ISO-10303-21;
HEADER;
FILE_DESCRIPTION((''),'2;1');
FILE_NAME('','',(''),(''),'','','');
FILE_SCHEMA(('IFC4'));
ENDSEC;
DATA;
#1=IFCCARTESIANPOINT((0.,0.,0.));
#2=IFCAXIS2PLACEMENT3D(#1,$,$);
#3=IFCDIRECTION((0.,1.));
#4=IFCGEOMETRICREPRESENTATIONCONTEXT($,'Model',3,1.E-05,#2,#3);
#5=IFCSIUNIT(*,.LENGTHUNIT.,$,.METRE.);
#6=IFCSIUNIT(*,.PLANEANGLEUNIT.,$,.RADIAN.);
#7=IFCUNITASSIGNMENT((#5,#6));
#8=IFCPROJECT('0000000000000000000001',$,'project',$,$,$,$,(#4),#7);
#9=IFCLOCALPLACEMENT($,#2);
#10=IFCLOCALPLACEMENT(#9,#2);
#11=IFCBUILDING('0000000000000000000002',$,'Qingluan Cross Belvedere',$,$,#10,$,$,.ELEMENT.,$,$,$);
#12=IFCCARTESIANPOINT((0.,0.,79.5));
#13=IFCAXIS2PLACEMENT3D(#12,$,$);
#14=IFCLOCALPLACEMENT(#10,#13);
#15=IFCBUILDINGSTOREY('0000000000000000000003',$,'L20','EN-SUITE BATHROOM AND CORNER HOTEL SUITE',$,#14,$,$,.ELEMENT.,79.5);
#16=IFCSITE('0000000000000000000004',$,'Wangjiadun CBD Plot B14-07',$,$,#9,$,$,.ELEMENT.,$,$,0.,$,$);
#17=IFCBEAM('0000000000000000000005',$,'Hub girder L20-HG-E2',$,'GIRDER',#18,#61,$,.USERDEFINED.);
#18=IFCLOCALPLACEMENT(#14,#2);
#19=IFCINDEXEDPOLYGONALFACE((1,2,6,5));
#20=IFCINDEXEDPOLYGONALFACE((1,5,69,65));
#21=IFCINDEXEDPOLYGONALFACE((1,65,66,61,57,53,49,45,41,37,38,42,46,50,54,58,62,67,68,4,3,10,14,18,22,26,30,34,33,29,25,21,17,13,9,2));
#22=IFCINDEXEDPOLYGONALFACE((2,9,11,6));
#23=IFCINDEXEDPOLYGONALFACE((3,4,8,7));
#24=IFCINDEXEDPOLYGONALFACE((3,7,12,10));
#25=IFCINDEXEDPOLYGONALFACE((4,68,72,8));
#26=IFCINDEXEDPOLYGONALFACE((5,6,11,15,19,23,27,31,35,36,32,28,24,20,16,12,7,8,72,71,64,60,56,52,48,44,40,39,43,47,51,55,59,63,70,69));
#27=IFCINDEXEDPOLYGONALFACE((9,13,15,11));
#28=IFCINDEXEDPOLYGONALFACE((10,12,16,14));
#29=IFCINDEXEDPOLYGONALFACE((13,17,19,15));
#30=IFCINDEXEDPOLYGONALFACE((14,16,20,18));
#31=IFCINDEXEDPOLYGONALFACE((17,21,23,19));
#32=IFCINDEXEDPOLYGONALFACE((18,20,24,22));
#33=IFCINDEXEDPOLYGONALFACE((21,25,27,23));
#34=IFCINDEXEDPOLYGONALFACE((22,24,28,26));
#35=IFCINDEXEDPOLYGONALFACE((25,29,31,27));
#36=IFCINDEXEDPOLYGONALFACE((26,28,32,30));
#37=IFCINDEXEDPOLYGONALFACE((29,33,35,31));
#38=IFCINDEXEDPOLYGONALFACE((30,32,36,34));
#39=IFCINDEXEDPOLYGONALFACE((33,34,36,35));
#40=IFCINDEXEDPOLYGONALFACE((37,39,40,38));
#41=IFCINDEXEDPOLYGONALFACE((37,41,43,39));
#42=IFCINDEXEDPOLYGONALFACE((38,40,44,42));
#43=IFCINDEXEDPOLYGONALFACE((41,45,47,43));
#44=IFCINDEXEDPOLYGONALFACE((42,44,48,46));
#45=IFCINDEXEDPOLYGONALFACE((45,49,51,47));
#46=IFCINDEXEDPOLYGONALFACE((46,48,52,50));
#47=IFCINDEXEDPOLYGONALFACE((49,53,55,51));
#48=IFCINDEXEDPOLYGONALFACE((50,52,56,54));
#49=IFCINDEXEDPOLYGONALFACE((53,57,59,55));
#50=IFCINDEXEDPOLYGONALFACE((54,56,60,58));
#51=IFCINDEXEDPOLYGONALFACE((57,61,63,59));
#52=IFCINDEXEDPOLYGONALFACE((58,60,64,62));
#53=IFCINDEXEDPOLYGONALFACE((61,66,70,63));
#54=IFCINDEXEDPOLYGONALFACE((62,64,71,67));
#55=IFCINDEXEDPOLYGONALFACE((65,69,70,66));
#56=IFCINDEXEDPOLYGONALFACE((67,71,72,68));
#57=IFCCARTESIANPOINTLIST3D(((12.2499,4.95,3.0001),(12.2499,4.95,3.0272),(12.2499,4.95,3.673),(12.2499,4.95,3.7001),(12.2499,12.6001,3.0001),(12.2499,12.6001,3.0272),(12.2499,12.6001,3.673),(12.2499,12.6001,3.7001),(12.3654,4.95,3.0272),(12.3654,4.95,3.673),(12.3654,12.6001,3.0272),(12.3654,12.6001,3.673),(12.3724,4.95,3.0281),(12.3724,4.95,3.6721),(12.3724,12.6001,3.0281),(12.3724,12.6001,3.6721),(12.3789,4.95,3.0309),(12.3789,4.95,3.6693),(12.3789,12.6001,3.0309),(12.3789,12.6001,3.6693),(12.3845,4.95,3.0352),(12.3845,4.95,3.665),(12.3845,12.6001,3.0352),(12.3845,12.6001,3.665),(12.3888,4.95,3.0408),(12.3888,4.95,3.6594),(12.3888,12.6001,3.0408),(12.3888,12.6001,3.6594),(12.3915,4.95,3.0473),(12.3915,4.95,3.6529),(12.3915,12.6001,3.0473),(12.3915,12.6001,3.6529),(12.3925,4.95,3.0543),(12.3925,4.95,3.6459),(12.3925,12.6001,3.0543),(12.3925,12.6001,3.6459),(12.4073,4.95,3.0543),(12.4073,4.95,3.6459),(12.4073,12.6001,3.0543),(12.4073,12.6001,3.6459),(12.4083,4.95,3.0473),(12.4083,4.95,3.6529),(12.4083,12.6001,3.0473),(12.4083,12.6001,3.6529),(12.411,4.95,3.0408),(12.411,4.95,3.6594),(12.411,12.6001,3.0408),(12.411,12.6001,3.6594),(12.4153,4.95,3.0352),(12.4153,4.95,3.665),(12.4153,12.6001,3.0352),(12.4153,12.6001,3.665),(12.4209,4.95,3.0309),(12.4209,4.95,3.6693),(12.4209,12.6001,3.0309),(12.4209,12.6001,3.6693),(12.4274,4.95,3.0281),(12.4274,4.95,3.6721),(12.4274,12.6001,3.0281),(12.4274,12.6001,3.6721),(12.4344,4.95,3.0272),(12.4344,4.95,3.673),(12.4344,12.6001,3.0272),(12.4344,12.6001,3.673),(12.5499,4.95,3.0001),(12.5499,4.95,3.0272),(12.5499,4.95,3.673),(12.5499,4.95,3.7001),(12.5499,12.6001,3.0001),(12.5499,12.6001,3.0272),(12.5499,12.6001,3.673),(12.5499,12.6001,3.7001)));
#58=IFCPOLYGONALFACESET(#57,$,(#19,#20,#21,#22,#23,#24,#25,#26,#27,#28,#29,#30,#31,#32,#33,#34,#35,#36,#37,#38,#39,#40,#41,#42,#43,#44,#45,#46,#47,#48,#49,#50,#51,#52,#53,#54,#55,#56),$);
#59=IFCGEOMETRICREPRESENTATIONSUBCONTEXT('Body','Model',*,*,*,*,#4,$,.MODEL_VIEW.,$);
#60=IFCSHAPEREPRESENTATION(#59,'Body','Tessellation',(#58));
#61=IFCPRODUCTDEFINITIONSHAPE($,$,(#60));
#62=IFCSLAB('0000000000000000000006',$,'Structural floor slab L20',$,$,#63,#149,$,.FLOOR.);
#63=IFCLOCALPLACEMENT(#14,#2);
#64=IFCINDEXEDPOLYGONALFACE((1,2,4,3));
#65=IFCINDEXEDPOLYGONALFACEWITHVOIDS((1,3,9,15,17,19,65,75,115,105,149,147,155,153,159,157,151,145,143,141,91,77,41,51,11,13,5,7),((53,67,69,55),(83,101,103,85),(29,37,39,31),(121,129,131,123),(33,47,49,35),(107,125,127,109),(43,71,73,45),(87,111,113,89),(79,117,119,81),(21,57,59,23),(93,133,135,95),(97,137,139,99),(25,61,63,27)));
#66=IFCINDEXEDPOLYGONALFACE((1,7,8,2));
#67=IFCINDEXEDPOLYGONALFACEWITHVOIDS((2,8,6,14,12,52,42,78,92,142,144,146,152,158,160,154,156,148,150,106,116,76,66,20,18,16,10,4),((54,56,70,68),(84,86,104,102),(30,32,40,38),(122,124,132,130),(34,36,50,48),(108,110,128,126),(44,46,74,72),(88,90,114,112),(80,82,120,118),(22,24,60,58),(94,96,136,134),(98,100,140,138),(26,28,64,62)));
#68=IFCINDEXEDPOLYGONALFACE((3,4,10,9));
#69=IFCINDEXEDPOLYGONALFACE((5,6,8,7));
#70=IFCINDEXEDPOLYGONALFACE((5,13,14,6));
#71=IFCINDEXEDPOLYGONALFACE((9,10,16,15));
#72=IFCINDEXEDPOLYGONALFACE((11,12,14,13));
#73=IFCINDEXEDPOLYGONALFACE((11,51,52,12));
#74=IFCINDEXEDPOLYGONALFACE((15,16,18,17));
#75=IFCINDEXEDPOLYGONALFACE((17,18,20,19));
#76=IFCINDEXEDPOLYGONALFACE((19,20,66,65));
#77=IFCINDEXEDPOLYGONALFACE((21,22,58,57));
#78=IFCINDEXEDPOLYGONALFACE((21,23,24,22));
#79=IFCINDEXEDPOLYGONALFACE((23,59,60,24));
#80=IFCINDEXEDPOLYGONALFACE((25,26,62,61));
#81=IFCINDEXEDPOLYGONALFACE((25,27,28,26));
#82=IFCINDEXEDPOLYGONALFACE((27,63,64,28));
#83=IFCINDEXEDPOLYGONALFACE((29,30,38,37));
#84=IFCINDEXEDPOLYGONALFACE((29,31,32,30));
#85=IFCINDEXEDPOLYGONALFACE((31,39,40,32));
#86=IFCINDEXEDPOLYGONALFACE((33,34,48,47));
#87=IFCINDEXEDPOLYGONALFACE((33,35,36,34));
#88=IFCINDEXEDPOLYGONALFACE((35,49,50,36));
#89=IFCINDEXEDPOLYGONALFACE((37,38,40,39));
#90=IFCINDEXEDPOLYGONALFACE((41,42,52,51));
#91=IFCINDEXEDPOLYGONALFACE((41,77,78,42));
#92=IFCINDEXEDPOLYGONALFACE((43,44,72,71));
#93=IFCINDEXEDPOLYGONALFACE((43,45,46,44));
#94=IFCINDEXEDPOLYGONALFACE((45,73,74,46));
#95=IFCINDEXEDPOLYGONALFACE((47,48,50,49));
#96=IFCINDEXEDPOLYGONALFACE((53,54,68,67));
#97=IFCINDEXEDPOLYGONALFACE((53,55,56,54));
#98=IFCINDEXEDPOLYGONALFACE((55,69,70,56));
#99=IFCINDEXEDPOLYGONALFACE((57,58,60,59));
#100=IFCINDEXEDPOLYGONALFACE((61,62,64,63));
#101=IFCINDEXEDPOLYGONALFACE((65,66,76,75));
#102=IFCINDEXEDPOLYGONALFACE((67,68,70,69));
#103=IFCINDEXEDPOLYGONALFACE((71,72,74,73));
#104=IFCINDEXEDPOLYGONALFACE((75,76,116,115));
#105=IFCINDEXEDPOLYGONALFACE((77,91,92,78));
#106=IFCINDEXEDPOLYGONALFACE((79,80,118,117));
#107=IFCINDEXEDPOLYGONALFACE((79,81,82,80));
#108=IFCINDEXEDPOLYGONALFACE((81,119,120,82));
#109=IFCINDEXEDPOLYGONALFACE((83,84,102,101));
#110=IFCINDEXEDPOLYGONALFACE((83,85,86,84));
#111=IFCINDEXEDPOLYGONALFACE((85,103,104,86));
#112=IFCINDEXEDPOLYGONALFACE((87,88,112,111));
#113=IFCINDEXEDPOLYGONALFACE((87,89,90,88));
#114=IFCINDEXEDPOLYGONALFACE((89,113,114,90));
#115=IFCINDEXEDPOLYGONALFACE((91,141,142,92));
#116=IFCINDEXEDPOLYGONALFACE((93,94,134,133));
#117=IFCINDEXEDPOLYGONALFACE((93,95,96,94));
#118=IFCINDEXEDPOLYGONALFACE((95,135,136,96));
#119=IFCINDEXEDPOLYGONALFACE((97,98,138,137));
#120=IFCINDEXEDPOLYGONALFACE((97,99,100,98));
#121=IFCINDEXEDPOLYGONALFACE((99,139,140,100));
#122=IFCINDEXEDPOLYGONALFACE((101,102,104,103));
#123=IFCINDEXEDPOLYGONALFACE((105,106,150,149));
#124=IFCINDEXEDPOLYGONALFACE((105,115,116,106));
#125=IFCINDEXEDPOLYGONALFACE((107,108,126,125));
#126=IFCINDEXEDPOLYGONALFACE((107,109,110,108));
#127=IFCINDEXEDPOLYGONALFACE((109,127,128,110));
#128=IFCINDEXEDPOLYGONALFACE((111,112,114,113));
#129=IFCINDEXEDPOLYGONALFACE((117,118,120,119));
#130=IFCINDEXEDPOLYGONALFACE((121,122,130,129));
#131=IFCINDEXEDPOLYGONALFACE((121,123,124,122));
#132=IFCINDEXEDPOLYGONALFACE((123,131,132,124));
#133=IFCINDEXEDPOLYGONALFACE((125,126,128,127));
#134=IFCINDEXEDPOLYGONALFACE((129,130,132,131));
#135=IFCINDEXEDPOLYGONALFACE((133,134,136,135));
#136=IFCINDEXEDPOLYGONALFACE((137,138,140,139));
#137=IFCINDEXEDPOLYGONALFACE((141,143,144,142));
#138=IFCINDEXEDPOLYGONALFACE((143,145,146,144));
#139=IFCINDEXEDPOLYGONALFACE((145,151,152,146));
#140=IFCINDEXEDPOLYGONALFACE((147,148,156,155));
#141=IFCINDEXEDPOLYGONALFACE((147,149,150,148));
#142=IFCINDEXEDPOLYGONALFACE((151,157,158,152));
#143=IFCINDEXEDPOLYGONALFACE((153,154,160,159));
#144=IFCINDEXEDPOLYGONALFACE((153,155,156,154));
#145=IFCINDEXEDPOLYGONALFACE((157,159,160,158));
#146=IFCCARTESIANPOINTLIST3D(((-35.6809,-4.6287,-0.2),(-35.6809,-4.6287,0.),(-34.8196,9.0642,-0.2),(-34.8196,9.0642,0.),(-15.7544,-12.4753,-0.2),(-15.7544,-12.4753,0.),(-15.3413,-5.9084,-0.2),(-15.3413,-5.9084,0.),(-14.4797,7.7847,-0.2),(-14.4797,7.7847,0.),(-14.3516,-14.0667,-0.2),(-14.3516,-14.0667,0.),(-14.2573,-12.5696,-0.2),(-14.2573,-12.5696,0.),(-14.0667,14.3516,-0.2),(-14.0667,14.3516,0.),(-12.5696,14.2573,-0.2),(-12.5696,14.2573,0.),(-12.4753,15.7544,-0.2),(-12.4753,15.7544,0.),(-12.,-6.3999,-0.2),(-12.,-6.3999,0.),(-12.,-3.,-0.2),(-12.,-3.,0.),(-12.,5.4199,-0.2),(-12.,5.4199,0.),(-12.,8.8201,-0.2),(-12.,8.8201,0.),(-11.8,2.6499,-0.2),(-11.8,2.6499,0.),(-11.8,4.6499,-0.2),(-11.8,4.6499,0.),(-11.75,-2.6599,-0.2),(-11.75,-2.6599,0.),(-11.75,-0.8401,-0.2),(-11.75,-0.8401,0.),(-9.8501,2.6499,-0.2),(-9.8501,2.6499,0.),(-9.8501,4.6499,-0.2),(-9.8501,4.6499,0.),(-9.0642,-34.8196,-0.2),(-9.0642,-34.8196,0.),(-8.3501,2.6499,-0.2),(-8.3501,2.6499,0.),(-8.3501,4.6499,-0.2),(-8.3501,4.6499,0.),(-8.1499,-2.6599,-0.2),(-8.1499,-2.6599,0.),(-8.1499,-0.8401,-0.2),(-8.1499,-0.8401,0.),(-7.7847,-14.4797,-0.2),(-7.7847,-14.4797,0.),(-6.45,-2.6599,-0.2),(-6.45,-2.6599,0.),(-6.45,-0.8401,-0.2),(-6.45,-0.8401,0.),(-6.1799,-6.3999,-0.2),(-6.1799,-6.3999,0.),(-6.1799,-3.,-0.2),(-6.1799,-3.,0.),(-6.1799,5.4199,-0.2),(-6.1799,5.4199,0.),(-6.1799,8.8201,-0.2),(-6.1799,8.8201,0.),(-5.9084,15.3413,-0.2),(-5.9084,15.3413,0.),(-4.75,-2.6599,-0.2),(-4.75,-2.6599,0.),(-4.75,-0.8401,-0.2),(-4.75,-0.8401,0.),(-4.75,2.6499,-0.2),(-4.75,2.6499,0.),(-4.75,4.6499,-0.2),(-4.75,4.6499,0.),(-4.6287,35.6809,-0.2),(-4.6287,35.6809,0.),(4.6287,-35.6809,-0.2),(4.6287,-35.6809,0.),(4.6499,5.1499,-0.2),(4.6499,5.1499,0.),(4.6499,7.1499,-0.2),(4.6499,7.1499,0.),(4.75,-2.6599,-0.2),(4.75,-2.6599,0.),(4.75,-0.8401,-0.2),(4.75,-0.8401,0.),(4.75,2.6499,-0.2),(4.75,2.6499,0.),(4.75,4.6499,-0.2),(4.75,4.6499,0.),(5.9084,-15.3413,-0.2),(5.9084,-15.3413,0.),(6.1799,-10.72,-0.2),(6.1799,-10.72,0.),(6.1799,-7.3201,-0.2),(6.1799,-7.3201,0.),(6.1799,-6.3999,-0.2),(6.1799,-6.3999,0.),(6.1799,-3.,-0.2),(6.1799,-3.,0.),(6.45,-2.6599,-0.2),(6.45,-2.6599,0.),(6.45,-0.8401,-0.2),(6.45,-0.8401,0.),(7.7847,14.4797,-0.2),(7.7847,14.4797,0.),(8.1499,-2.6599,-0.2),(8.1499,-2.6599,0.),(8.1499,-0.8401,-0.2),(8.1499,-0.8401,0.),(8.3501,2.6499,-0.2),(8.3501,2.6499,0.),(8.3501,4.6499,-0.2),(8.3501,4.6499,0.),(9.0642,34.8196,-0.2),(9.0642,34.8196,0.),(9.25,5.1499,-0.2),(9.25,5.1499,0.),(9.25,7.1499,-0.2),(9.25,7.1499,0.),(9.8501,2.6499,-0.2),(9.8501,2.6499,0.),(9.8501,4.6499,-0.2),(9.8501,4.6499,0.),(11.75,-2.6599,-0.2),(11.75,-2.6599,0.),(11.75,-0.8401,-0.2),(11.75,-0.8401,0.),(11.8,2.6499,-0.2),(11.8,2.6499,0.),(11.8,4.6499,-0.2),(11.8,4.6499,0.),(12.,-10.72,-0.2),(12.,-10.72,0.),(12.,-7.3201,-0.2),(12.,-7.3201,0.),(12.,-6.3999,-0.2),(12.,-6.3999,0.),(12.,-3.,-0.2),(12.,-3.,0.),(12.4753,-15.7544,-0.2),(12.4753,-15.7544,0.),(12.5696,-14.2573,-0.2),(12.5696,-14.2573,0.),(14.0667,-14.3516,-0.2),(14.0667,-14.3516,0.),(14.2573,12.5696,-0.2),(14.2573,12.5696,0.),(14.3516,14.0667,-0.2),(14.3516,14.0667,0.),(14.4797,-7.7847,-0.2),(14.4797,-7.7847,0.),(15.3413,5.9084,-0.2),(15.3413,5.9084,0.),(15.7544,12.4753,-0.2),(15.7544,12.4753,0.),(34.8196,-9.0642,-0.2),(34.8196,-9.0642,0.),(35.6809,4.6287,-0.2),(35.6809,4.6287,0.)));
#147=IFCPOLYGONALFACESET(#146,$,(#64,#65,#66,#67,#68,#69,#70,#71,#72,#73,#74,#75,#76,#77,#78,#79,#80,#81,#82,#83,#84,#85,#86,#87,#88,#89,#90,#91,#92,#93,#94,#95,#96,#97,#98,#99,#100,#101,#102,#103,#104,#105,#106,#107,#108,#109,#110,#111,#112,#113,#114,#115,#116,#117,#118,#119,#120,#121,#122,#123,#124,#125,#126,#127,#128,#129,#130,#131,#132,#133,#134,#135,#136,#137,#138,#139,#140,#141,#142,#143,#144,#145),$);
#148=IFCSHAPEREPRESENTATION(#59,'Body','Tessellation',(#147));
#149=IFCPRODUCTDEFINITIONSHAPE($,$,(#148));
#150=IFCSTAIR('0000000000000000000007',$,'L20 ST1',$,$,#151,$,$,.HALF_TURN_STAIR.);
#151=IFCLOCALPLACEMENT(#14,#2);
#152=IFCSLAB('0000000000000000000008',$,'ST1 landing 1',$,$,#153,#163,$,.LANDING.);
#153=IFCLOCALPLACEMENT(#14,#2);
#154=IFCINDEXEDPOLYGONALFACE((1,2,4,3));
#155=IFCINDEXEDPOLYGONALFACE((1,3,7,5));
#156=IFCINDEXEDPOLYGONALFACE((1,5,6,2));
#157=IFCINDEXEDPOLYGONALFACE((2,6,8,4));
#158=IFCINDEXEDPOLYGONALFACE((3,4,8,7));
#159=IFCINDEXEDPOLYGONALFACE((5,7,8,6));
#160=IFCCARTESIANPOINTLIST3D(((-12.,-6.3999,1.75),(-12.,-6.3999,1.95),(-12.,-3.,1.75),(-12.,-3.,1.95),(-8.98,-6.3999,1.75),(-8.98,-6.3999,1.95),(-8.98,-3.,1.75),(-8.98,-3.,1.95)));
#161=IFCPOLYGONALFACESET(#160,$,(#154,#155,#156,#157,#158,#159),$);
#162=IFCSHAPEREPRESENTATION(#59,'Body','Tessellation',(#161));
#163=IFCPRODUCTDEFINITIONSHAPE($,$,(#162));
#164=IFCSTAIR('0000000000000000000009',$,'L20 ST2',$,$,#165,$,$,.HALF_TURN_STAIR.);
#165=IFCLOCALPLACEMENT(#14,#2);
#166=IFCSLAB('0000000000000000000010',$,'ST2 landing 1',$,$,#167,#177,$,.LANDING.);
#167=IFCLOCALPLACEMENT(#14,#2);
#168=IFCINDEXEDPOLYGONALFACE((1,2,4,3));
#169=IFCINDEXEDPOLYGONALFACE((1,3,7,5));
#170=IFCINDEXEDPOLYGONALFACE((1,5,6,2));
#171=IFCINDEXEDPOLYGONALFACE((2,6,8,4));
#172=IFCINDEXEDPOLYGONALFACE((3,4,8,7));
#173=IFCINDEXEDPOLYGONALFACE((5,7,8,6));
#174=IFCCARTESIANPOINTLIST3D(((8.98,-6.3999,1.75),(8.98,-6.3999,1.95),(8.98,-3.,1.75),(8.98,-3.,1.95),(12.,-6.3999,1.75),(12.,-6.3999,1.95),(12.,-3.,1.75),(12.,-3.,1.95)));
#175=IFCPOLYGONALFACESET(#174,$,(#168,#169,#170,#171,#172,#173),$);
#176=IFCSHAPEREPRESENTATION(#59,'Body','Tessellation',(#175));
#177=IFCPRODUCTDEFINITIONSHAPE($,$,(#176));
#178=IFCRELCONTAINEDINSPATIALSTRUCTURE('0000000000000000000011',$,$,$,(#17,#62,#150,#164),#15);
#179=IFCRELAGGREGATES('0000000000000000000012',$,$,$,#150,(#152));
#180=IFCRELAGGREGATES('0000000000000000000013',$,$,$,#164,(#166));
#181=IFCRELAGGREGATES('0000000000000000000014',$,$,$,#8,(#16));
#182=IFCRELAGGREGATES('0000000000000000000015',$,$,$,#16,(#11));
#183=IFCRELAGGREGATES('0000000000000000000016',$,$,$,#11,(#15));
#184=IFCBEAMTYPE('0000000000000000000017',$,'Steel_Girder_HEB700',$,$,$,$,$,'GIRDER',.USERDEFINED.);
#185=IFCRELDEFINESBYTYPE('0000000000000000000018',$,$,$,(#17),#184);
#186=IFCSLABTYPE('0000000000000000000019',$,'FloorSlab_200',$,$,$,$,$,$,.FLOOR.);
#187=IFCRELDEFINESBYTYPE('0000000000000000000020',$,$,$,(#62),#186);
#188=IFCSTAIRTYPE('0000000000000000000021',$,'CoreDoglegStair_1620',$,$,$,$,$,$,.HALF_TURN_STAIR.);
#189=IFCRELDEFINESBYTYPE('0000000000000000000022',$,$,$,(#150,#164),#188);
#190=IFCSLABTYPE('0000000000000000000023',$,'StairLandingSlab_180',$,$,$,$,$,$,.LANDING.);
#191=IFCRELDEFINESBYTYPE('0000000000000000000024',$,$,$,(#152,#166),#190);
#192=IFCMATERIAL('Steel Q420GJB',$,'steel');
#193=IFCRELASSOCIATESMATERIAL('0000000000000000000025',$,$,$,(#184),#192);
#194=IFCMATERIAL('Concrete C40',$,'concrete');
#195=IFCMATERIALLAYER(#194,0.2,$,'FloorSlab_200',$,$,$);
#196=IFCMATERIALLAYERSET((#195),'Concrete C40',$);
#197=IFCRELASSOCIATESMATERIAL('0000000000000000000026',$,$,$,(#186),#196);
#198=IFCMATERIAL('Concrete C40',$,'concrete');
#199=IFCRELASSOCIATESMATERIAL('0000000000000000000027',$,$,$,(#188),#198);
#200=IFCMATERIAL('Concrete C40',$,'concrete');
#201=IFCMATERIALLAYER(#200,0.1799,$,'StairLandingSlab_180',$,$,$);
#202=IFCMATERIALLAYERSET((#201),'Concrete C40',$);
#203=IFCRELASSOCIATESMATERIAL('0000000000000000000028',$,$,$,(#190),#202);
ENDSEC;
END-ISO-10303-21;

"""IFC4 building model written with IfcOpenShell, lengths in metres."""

from ifc_helpers import new_model, si_unit, direction, frame, origin, origin_2d, place, context, subcontext, project, spatial, polyline, i_section, outline, extrude, material, layer, layer_set, material_profile, profile_set, type_object, element, aggregate, save


model = new_model("IFC4")

# Units and contexts
model_context = context("Model", 3, precision=1e-05, world=origin(), true_north=direction((0.0, 1.0)))
body_context = subcontext(model_context, "Body", "Model", "MODEL_VIEW")
ifc_project = project(units=[si_unit("LENGTHUNIT", "METRE"), si_unit("PLANEANGLEUNIT", "RADIAN")], contexts=[model_context])

# Site, building, storey
site_placement = place(None, origin())
site = spatial("IfcSite", under=ifc_project, at=site_placement, Name="Wangjiadun CBD Plot B14-07", CompositionType="ELEMENT", RefElevation=0.0)
building_placement = place(site_placement, origin())
building = spatial("IfcBuilding", under=site, at=building_placement, Name="Qingluan Cross Belvedere", CompositionType="ELEMENT")
storey_placement = place(building_placement, frame((0.0, 0.0, 79.5)))
storey = spatial("IfcBuildingStorey", under=building, at=storey_placement, Name="L20", Description="EN-SUITE BATHROOM AND CORNER HOTEL SUITE", CompositionType="ELEMENT", Elevation=79.5)

# Beam
ifc_material_1 = material(Name="Steel Q420GJB", Category="steel")
ifc_material_profile = material_profile(ifc_material_1, i_section(OverallWidth=0.3, OverallDepth=0.7, WebThickness=0.0149, FlangeThickness=0.0271, FilletRadius=0.0271, at=origin_2d()), Name="HEB700")
ifc_profile_set = profile_set([ifc_material_profile], Name="Steel Q420GJB")
beam_type = type_object("IfcBeamType", Name="Steel_Girder_HEB700", ElementType="GIRDER", PredefinedType="USERDEFINED", material=ifc_profile_set)
beam_placement = place(storey_placement, frame((12.3999, 4.95, 3.3501), z_axis=(0.0, 1.0, 0.0), x_axis=(-1.0, 0.0, 0.0)))
element("IfcBeam", 1, at=beam_placement, inside=storey, type_object=beam_type, Name="Hub girder L20-HG-E2", ObjectType="GIRDER", PredefinedType="USERDEFINED", context=body_context, shape_type="SweptSolid", body=[
    extrude(i_section(OverallWidth=0.3, OverallDepth=0.7, WebThickness=0.0149, FlangeThickness=0.0271, FilletRadius=0.0271, at=origin_2d()), origin(), (0.0, 0.0, 1.0), 7.6501),
])

# Slab
ifc_material_2 = material(Name="Concrete C40", Category="concrete")
ifc_layer_1 = layer(ifc_material_2, 0.2, Name="FloorSlab_200")
ifc_layer_set_1 = layer_set([ifc_layer_1], Name="Concrete C40")
slab_type_1 = type_object("IfcSlabType", Name="FloorSlab_200", PredefinedType="FLOOR", material=ifc_layer_set_1)
slab_1_placement = place(storey_placement, frame((0.0, 0.0, -0.2)))
element("IfcSlab", 2, at=slab_1_placement, inside=storey, type_object=slab_type_1, Name="Structural floor slab L20", PredefinedType="FLOOR", context=body_context, shape_type="SweptSolid", body=[
    extrude(outline(polyline([(4.6287, -35.6809), (5.9084, -15.3413), (12.4753, -15.7544), (12.5696, -14.2573), (14.0667, -14.3516), (14.4797, -7.7847), (34.8196, -9.0642), (35.6809, 4.6287), (15.3413, 5.9084), (15.7544, 12.4753), (14.2573, 12.5696), (14.3516, 14.0667), (7.7847, 14.4797), (9.0642, 34.8196), (-4.6287, 35.6809), (-5.9084, 15.3413), (-12.4753, 15.7544), (-12.5696, 14.2573), (-14.0667, 14.3516), (-14.4797, 7.7847), (-34.8196, 9.0642), (-35.6809, -4.6287), (-15.3413, -5.9084), (-15.7544, -12.4753), (-14.2573, -12.5696), (-14.3516, -14.0667), (-7.7847, -14.4797), (-9.0642, -34.8196), (4.6287, -35.6809)]), holes=[polyline([(-12.0, -3.0), (-6.1799, -3.0), (-6.1799, -6.3999), (-12.0, -6.3999), (-12.0, -3.0)]), polyline([(6.1799, -3.0), (12.0, -3.0), (12.0, -6.3999), (6.1799, -6.3999), (6.1799, -3.0)]), polyline([(-12.0, 8.8201), (-6.1799, 8.8201), (-6.1799, 5.4199), (-12.0, 5.4199), (-12.0, 8.8201)]), polyline([(6.1799, -7.3201), (12.0, -7.3201), (12.0, -10.72), (6.1799, -10.72), (6.1799, -7.3201)]), polyline([(-11.8, 4.6499), (-9.8501, 4.6499), (-9.8501, 2.6499), (-11.8, 2.6499), (-11.8, 4.6499)]), polyline([(-8.3501, 4.6499), (-4.75, 4.6499), (-4.75, 2.6499), (-8.3501, 2.6499), (-8.3501, 4.6499)]), polyline([(4.75, 4.6499), (8.3501, 4.6499), (8.3501, 2.6499), (4.75, 2.6499), (4.75, 4.6499)]), polyline([(9.8501, 4.6499), (11.8, 4.6499), (11.8, 2.6499), (9.8501, 2.6499), (9.8501, 4.6499)]), polyline([(-11.75, -0.8401), (-8.1499, -0.8401), (-8.1499, -2.6599), (-11.75, -2.6599), (-11.75, -0.8401)]), polyline([(-6.45, -0.8401), (-4.75, -0.8401), (-4.75, -2.6599), (-6.45, -2.6599), (-6.45, -0.8401)]), polyline([(4.75, -0.8401), (6.45, -0.8401), (6.45, -2.6599), (4.75, -2.6599), (4.75, -0.8401)]), polyline([(8.1499, -0.8401), (11.75, -0.8401), (11.75, -2.6599), (8.1499, -2.6599), (8.1499, -0.8401)]), polyline([(4.6499, 7.1499), (9.25, 7.1499), (9.25, 5.1499), (4.6499, 5.1499), (4.6499, 7.1499)])]), origin(), (0.0, 0.0, 1.0), 0.2),
])

# Stairs, slabs
ifc_material_3 = material(Name="Concrete C40", Category="concrete")
stair_type = type_object("IfcStairType", Name="CoreDoglegStair_1620", PredefinedType="HALF_TURN_STAIR", material=ifc_material_3)
stair_1_placement = place(storey_placement, origin())
stair_1 = element("IfcStair", 3, at=stair_1_placement, inside=storey, type_object=stair_type, Name="L20 ST1", PredefinedType="HALF_TURN_STAIR")
ifc_material_4 = material(Name="Concrete C40", Category="concrete")
ifc_layer_2 = layer(ifc_material_4, 0.1799, Name="StairLandingSlab_180")
ifc_layer_set_2 = layer_set([ifc_layer_2], Name="Concrete C40")
slab_type_2 = type_object("IfcSlabType", Name="StairLandingSlab_180", PredefinedType="LANDING", material=ifc_layer_set_2)
slab_2_placement = place(storey_placement, frame((0.0, 0.0, 1.75)))
slab_2 = element("IfcSlab", 4, at=slab_2_placement, type_object=slab_type_2, Name="ST1 landing 1", PredefinedType="LANDING", context=body_context, shape_type="SweptSolid", body=[
    extrude(outline(polyline([(-8.98, -3.0), (-12.0, -3.0), (-12.0, -6.3999), (-8.98, -6.3999), (-8.98, -3.0)])), origin(), (0.0, 0.0, 1.0), 0.2),
])
aggregate(stair_1, [slab_2])
stair_2_placement = place(storey_placement, origin())
stair_2 = element("IfcStair", 5, at=stair_2_placement, inside=storey, type_object=stair_type, Name="L20 ST2", PredefinedType="HALF_TURN_STAIR")
slab_3_placement = place(storey_placement, frame((0.0, 0.0, 1.75)))
slab_3 = element("IfcSlab", 6, at=slab_3_placement, type_object=slab_type_2, Name="ST2 landing 1", PredefinedType="LANDING", context=body_context, shape_type="SweptSolid", body=[
    extrude(outline(polyline([(8.98, -6.3999), (12.0, -6.3999), (12.0, -3.0), (8.98, -3.0), (8.98, -6.3999)])), origin(), (0.0, 0.0, 1.0), 0.2),
])
aggregate(stair_2, [slab_3])

save(model, "model.ifc")
